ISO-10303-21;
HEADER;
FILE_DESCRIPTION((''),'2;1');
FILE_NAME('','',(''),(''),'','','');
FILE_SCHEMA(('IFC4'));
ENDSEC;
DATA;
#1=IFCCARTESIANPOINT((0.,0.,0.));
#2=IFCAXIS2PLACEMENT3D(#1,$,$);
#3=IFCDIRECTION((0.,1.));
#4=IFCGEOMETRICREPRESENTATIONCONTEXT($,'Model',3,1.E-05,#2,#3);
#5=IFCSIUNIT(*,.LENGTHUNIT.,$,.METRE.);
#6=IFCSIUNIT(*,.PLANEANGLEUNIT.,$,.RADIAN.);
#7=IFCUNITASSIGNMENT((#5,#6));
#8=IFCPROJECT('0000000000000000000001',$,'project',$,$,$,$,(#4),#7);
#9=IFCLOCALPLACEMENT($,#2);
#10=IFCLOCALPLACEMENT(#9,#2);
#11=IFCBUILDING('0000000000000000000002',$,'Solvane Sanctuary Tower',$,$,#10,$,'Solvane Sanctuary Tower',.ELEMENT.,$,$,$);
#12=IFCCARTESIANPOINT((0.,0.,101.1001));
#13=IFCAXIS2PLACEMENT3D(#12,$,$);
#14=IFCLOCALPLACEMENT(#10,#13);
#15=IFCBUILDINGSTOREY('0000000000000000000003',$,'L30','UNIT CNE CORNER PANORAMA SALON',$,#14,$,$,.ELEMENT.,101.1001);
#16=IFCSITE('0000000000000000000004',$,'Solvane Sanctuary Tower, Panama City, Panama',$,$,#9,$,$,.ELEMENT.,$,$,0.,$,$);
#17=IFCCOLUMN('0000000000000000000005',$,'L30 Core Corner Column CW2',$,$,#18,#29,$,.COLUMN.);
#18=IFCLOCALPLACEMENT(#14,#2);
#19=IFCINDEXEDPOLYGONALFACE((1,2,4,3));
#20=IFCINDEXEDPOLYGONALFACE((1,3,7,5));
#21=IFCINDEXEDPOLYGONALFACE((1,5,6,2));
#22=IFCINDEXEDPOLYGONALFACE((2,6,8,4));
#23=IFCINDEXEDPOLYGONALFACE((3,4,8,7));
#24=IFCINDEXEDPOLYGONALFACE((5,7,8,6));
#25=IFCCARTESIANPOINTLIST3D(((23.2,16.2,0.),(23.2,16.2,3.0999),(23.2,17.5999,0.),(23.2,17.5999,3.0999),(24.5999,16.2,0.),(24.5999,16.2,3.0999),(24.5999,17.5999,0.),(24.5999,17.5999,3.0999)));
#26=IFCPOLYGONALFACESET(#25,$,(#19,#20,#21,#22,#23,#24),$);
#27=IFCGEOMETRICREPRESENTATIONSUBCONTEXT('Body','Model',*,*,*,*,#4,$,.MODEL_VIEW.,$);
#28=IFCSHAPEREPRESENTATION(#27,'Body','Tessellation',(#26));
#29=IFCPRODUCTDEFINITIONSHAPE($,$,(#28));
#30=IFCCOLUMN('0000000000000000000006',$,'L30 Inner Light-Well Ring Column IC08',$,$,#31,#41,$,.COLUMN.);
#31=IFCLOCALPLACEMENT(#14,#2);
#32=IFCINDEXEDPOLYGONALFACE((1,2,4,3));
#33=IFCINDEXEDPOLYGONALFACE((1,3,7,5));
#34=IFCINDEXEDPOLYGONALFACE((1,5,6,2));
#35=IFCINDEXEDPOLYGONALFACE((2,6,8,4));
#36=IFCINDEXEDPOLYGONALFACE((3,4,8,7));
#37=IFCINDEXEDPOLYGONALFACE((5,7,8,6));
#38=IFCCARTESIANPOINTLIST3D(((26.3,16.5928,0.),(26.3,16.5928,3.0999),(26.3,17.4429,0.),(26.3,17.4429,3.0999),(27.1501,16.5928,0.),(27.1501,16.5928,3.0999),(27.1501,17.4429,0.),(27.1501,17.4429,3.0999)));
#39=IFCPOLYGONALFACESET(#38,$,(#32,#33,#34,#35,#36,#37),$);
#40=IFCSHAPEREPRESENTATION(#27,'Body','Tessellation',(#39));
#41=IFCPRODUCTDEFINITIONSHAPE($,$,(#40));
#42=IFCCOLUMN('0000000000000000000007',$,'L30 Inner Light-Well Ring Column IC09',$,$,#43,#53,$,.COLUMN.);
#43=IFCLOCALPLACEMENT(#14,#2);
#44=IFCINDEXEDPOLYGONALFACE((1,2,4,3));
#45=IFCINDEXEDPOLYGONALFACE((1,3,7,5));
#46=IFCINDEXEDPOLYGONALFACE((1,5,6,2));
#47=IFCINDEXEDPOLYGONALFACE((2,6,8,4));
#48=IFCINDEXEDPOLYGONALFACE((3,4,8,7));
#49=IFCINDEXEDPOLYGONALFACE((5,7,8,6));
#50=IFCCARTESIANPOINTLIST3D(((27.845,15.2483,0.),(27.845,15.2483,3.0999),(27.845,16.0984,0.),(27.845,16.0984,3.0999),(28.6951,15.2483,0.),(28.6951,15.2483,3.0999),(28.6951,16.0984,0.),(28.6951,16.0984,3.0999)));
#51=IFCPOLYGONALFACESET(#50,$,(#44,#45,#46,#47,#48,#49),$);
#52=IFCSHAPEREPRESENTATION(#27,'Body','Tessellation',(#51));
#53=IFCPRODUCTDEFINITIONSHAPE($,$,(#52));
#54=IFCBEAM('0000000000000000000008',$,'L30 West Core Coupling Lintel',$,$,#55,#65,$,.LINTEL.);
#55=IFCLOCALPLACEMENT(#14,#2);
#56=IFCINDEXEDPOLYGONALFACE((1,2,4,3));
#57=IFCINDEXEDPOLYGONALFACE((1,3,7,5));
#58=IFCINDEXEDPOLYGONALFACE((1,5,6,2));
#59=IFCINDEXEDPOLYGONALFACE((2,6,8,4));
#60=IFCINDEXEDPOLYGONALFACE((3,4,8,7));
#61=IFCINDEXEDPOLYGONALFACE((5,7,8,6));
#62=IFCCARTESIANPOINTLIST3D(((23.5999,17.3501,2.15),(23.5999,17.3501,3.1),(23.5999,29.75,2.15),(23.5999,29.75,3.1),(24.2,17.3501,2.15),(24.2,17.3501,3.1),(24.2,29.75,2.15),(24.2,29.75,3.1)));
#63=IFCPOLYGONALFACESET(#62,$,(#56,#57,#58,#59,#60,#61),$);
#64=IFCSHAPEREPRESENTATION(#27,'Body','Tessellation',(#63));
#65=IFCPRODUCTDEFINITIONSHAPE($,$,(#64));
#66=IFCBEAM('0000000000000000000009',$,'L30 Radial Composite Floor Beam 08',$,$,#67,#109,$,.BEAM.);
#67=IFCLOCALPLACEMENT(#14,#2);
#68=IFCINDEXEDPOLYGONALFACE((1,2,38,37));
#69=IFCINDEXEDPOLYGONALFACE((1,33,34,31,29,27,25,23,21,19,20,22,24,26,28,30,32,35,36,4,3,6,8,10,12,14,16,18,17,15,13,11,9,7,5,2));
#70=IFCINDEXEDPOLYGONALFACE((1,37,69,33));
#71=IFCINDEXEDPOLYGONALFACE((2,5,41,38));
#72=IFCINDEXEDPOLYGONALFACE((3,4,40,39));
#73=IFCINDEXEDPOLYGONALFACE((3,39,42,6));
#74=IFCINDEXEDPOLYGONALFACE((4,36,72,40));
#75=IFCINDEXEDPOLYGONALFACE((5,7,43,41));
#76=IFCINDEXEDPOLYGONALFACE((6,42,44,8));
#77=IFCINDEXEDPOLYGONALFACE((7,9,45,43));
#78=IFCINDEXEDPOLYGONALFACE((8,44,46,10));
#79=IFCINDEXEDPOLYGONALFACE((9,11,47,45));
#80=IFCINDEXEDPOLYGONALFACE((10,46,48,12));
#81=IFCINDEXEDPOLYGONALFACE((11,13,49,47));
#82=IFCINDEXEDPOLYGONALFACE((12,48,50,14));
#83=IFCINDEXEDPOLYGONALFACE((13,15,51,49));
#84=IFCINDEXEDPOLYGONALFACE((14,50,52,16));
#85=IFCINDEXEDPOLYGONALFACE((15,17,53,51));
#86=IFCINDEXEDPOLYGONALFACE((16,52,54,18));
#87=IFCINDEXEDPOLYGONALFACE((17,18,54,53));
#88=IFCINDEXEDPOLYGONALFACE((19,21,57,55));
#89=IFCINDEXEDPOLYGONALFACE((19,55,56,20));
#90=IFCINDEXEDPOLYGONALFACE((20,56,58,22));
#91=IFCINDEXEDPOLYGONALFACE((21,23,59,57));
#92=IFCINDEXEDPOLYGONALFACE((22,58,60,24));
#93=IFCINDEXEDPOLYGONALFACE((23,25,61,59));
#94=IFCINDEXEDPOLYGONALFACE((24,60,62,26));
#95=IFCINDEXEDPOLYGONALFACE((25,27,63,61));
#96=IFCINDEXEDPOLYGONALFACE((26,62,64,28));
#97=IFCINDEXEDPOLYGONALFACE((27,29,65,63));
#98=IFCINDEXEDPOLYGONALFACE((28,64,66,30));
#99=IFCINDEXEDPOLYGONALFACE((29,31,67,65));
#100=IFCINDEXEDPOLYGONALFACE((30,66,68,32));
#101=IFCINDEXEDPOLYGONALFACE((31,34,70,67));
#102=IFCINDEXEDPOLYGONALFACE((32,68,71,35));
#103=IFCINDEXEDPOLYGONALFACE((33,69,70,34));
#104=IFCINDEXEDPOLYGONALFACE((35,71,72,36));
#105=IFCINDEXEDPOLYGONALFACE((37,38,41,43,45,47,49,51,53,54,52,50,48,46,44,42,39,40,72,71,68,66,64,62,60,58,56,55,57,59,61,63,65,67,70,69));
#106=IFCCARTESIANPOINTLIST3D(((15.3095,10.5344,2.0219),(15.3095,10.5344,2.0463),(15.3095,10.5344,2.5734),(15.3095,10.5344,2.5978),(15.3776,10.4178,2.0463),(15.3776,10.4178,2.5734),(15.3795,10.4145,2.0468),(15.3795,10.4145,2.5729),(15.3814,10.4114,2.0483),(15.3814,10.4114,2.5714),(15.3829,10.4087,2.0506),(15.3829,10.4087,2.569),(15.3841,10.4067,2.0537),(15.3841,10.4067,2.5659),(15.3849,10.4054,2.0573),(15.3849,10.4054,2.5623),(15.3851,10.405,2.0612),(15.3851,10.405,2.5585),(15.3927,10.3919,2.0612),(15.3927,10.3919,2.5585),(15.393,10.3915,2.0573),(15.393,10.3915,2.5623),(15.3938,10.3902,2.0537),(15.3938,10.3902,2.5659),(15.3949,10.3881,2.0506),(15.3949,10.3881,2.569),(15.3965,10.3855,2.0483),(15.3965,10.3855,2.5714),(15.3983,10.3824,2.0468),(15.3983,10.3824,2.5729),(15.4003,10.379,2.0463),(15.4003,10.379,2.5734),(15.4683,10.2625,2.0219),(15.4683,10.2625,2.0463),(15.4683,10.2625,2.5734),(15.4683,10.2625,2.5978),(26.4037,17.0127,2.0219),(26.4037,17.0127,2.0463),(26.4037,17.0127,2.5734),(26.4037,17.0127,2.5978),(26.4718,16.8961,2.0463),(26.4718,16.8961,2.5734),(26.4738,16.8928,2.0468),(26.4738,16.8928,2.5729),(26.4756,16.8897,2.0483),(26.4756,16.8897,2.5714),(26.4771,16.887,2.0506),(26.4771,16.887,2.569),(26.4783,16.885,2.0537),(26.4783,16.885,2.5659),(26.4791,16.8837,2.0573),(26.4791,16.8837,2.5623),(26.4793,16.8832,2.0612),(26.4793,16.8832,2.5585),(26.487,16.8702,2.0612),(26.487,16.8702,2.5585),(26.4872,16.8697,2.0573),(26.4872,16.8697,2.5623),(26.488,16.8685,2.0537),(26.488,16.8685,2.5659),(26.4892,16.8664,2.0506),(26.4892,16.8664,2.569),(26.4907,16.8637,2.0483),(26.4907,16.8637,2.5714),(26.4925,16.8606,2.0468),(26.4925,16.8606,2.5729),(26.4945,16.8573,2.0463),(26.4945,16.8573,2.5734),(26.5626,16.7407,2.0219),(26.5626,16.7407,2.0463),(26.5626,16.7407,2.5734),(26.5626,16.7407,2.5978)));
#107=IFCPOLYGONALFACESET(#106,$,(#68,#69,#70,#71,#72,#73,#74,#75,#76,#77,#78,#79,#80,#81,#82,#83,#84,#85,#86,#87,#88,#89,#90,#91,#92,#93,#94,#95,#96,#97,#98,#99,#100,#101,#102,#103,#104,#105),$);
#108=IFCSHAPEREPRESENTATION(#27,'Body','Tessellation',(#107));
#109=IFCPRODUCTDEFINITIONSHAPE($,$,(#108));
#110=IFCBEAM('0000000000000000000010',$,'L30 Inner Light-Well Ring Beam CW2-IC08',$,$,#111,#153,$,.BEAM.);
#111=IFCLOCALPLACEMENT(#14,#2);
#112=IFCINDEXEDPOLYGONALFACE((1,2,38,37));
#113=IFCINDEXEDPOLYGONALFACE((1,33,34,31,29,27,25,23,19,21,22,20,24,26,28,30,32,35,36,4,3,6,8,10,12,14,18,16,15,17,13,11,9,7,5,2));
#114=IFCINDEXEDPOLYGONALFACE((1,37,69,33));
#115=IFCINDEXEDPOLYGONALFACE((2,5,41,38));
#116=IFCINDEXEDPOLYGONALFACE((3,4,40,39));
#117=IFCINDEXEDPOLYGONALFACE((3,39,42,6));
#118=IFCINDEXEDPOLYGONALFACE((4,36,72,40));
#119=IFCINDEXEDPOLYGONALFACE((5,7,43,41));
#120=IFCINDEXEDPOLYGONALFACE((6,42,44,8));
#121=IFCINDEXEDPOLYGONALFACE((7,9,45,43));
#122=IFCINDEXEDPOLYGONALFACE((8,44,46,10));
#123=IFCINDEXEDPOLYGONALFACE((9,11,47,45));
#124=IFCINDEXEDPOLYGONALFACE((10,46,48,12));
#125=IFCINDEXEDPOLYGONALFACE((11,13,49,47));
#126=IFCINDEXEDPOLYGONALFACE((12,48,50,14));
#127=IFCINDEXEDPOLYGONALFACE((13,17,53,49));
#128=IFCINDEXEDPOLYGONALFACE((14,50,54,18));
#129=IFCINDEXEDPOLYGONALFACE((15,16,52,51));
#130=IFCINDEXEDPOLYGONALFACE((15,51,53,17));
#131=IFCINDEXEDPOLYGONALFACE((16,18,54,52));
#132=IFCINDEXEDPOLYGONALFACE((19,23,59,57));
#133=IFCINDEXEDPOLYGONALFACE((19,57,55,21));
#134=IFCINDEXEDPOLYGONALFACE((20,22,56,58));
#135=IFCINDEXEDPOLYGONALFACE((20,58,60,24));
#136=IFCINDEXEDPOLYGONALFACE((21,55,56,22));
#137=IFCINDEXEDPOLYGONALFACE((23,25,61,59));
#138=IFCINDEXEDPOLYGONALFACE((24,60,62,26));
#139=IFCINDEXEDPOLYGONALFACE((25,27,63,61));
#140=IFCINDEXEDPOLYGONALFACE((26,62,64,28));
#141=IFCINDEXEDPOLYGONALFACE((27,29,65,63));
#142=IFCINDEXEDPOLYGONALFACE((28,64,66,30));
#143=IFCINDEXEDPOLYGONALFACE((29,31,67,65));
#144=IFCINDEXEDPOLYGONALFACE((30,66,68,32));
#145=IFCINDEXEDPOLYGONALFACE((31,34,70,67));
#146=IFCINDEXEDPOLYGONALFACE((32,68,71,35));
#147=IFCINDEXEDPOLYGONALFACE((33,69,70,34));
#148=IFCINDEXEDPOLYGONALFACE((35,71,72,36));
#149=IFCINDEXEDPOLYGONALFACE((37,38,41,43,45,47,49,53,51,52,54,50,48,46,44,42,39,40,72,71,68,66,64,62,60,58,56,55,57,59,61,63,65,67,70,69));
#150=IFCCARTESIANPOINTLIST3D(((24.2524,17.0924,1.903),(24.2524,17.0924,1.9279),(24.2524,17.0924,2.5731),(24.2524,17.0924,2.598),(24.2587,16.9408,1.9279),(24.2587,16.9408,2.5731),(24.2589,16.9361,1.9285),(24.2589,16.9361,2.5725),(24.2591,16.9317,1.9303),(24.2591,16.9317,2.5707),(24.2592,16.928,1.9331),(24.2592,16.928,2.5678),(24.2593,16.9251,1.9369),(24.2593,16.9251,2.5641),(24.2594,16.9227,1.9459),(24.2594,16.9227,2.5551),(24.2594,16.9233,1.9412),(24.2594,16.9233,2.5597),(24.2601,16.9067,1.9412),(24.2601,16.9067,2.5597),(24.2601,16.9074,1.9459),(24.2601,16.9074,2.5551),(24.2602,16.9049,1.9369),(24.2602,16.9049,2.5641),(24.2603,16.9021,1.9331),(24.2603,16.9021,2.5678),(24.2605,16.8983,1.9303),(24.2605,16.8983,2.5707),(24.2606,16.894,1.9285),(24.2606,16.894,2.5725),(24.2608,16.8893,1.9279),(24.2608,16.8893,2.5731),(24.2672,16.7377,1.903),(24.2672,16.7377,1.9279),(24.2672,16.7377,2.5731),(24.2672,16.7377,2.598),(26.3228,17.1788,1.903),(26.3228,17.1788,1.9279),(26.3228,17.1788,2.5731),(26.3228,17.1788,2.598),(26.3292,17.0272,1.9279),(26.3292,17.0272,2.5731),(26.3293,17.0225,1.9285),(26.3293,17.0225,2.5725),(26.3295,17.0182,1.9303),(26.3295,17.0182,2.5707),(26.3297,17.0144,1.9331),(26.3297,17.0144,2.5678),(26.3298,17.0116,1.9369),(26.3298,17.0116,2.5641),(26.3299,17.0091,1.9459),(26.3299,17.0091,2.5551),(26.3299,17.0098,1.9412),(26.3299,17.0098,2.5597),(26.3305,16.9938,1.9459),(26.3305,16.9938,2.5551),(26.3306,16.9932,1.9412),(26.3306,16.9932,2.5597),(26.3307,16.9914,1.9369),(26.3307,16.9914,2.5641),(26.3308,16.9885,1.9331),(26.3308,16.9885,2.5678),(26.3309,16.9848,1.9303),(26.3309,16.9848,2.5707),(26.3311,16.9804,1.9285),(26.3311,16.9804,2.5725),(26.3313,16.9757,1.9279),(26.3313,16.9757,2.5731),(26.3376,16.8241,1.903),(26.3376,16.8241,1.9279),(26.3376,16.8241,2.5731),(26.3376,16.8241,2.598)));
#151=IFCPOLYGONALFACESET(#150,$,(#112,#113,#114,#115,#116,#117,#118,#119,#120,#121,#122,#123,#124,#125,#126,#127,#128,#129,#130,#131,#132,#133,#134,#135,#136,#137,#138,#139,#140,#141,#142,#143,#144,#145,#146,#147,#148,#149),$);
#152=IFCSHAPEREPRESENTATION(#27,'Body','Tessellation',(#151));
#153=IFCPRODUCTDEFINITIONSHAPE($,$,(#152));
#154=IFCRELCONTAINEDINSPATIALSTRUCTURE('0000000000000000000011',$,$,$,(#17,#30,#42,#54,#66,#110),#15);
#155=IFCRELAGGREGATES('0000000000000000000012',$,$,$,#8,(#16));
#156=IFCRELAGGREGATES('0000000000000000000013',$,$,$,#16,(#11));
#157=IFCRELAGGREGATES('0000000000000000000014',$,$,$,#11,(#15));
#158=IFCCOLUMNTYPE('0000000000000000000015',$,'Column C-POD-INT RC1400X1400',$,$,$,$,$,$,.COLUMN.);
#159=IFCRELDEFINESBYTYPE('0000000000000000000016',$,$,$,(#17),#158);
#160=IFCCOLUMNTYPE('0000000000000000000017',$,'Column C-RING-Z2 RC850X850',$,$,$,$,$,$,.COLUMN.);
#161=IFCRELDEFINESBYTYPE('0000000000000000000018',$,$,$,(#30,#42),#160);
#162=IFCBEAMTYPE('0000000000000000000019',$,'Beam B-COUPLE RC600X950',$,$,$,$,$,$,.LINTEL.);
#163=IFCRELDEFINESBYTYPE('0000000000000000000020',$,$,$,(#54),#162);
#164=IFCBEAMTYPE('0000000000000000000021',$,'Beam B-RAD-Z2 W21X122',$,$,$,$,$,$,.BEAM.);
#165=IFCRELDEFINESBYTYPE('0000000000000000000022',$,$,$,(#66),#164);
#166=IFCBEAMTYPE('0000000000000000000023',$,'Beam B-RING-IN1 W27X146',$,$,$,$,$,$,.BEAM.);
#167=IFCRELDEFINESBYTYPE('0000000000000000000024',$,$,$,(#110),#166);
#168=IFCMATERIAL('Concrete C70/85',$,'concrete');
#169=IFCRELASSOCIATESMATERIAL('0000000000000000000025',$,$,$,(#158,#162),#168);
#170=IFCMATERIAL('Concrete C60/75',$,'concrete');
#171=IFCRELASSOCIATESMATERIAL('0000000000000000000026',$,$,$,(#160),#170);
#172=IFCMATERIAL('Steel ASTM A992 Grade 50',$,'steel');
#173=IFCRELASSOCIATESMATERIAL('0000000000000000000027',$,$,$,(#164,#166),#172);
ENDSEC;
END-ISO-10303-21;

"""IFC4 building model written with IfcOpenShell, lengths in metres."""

from ifc_helpers import new_model, si_unit, direction, frame, origin, origin_2d, place, context, subcontext, project, spatial, rectangle, i_section, extrude, material, material_profile, profile_set, type_object, element, save


model = new_model("IFC4")

# Units and contexts
model_context = context("Model", 3, precision=1e-05, world=origin(), true_north=direction((0.0, 1.0)))
body_context = subcontext(model_context, "Body", "Model", "MODEL_VIEW")
ifc_project = project(units=[si_unit("LENGTHUNIT", "METRE"), si_unit("PLANEANGLEUNIT", "RADIAN")], contexts=[model_context])

# Site, building, storey
site_placement = place(None, origin())
site = spatial("IfcSite", under=ifc_project, at=site_placement, Name="Solvane Sanctuary Tower, Panama City, Panama", CompositionType="ELEMENT", RefElevation=0.0)
building_placement = place(site_placement, origin())
building = spatial("IfcBuilding", under=site, at=building_placement, Name="Solvane Sanctuary Tower", LongName="Solvane Sanctuary Tower", CompositionType="ELEMENT")
storey_placement = place(building_placement, frame((0.0, 0.0, 101.1001)))
storey = spatial("IfcBuildingStorey", under=building, at=storey_placement, Name="L30", Description="UNIT CNE CORNER PANORAMA SALON", CompositionType="ELEMENT", Elevation=101.1001)

# Columns
ifc_material_1 = material(Name="Concrete C70/85", Category="concrete")
ifc_material_profile_1 = material_profile(ifc_material_1, rectangle(XDim=1.3999, YDim=1.3999, at=origin_2d()), Name="RC1400X1400")
ifc_profile_set_1 = profile_set([ifc_material_profile_1], Name="Concrete C70/85")
column_type_1 = type_object("IfcColumnType", Name="Column C-POD-INT RC1400X1400", PredefinedType="COLUMN", material=ifc_profile_set_1)
column_placement = place(storey_placement, frame((23.8999, 16.8999, 0.0), z_axis=(0.0, 0.0, 1.0), x_axis=(1.0, 0.0, 0.0)))
element("IfcColumn", 1, at=column_placement, inside=storey, type_object=column_type_1, Name="L30 Core Corner Column CW2", PredefinedType="COLUMN", context=body_context, shape_type="SweptSolid", body=[
    extrude(rectangle(XDim=1.3999, YDim=1.3999, at=origin_2d()), origin(), (0.0, 0.0, 1.0), 3.0999),
])
ifc_material_2 = material(Name="Concrete C60/75", Category="concrete")
ifc_material_profile_2 = material_profile(ifc_material_2, rectangle(XDim=0.8501, YDim=0.8501, at=origin_2d()), Name="RC850X850")
ifc_profile_set_2 = profile_set([ifc_material_profile_2], Name="Concrete C60/75")
column_type_2 = type_object("IfcColumnType", Name="Column C-RING-Z2 RC850X850", PredefinedType="COLUMN", material=ifc_profile_set_2)
for number, where, z_axis, x_axis, name in (
    (2, (26.7251, 17.0178, 0.0), (0.0, 0.0, 1.0), (1.0, 0.0, 0.0), "L30 Inner Light-Well Ring Column IC08"),
    (3, (28.27, 15.6733, 0.0), (0.0, 0.0, 1.0), (1.0, 0.0, 0.0), "L30 Inner Light-Well Ring Column IC09"),
):
    element("IfcColumn", number, at=place(storey_placement, frame(where, z_axis=z_axis, x_axis=x_axis)), inside=storey, type_object=column_type_2, Name=name, PredefinedType="COLUMN", context=body_context, shape_type="SweptSolid", body=[
        extrude(rectangle(XDim=0.8501, YDim=0.8501, at=origin_2d()), origin(), (0.0, 0.0, 1.0), 3.0999),
    ])

# Beams
ifc_material_profile_3 = material_profile(ifc_material_1, rectangle(XDim=0.6001, YDim=0.95, at=origin_2d()), Name="RC600X950")
ifc_profile_set_3 = profile_set([ifc_material_profile_3], Name="Concrete C70/85")
beam_type_1 = type_object("IfcBeamType", Name="Beam B-COUPLE RC600X950", PredefinedType="LINTEL", material=ifc_profile_set_3)
beam_1_placement = place(storey_placement, frame((23.8999, 17.3501, 2.625), z_axis=(0.0, 1.0, 0.0), x_axis=(-1.0, 0.0, 0.0)))
element("IfcBeam", 4, at=beam_1_placement, inside=storey, type_object=beam_type_1, Name="L30 West Core Coupling Lintel", PredefinedType="LINTEL", context=body_context, shape_type="SweptSolid", body=[
    extrude(rectangle(XDim=0.6001, YDim=0.95, at=origin_2d()), origin(), (0.0, 0.0, 1.0), 12.3999),
])
ifc_material_3 = material(Name="Steel ASTM A992 Grade 50", Category="steel")
ifc_material_profile_4 = material_profile(ifc_material_3, i_section(OverallWidth=0.3149, OverallDepth=0.5759, WebThickness=0.0151, FlangeThickness=0.0244, FilletRadius=0.0149, at=origin_2d()), Name="W21X122")
ifc_profile_set_4 = profile_set([ifc_material_profile_4], Name="Steel ASTM A992 Grade 50")
beam_type_2 = type_object("IfcBeamType", Name="Beam B-RAD-Z2 W21X122", PredefinedType="BEAM", material=ifc_profile_set_4)
beam_2_placement = place(storey_placement, frame((26.4832, 16.8767, 2.3098), z_axis=(-0.863554, -0.504256, 0.0), x_axis=(0.504256, -0.863554, 0.0)))
element("IfcBeam", 5, at=beam_2_placement, inside=storey, type_object=beam_type_2, Name="L30 Radial Composite Floor Beam 08", PredefinedType="BEAM", context=body_context, shape_type="SweptSolid", body=[
    extrude(i_section(OverallWidth=0.3149, OverallDepth=0.5759, WebThickness=0.0151, FlangeThickness=0.0244, FilletRadius=0.0149, at=origin_2d()), origin(), (0.0, 0.0, 1.0), 12.8472),
])
ifc_material_profile_5 = material_profile(ifc_material_3, i_section(OverallWidth=0.355, OverallDepth=0.6951, WebThickness=0.0154, FlangeThickness=0.0249, FilletRadius=0.0181, at=origin_2d()), Name="W27X146")
ifc_profile_set_5 = profile_set([ifc_material_profile_5], Name="Steel ASTM A992 Grade 50")
beam_type_3 = type_object("IfcBeamType", Name="Beam B-RING-IN1 W27X146", PredefinedType="BEAM", material=ifc_profile_set_5)
beam_3_placement = place(storey_placement, frame((24.2598, 16.915, 2.2505), z_axis=(0.99913, 0.041704, 0.0), x_axis=(-0.041704, 0.99913, 0.0)))
element("IfcBeam", 6, at=beam_3_placement, inside=storey, type_object=beam_type_3, Name="L30 Inner Light-Well Ring Beam CW2-IC08", PredefinedType="BEAM", context=body_context, shape_type="SweptSolid", body=[
    extrude(i_section(OverallWidth=0.355, OverallDepth=0.6951, WebThickness=0.0154, FlangeThickness=0.0249, FilletRadius=0.0181, at=origin_2d()), origin(), (0.0, 0.0, 1.0), 2.0723),
])

save(model, "model.ifc")
